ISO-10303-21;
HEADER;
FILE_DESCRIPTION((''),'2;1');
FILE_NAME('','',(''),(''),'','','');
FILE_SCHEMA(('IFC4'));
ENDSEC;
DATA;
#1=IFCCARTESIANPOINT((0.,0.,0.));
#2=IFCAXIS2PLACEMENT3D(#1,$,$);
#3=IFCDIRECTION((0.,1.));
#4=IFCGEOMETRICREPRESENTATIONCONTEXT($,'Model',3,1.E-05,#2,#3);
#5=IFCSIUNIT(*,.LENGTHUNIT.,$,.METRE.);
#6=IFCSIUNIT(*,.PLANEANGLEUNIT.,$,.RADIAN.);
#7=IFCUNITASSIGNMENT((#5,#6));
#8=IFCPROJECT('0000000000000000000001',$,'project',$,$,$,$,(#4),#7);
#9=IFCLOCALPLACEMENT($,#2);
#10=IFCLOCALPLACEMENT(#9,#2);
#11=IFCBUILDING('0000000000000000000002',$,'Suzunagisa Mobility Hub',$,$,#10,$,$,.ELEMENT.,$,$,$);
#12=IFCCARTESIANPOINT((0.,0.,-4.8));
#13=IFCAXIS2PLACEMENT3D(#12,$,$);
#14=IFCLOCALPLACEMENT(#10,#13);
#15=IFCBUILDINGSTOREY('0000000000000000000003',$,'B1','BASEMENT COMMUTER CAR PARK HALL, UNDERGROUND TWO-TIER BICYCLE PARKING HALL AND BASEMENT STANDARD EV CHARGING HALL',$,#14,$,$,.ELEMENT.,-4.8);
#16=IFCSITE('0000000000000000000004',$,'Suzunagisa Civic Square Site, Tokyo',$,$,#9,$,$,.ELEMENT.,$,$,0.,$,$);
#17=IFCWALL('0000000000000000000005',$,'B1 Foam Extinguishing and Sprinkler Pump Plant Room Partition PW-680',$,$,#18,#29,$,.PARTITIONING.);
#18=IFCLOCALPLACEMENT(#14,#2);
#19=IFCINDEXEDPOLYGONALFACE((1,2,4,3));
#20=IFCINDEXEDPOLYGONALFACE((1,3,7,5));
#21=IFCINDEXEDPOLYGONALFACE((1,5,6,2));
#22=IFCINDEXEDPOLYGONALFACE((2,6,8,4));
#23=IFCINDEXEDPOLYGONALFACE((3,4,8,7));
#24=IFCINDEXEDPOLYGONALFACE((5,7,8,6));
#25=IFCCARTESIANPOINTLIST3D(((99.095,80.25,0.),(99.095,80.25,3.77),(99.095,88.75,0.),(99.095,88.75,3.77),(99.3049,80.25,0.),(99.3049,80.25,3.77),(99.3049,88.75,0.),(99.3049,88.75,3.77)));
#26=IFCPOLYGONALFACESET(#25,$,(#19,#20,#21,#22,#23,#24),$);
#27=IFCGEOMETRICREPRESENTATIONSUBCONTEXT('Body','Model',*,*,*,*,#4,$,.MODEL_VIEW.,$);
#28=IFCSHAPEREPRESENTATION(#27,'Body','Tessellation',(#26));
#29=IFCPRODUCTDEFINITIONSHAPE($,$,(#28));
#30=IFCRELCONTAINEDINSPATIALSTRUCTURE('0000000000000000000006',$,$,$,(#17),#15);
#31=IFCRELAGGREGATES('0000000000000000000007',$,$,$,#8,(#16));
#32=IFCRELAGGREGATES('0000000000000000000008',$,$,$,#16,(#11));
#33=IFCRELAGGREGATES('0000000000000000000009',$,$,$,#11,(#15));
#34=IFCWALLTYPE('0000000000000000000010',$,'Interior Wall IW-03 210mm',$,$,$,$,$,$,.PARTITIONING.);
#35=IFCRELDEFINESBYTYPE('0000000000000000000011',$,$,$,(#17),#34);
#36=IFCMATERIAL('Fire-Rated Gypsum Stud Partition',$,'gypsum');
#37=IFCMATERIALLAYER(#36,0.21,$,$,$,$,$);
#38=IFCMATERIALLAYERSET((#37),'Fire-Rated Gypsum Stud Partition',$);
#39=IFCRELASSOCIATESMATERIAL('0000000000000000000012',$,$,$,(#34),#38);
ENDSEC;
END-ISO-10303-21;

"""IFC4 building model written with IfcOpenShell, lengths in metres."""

from ifc_helpers import new_model, si_unit, direction, frame, frame_2d, origin, place, context, subcontext, project, spatial, rectangle, extrude, material, layer, layer_set, type_object, element, save


model = new_model("IFC4")

# Units and contexts
model_context = context("Model", 3, precision=1e-05, world=origin(), true_north=direction((0.0, 1.0)))
body_context = subcontext(model_context, "Body", "Model", "MODEL_VIEW")
ifc_project = project(units=[si_unit("LENGTHUNIT", "METRE"), si_unit("PLANEANGLEUNIT", "RADIAN")], contexts=[model_context])

# Site, building, storey
site_placement = place(None, origin())
site = spatial("IfcSite", under=ifc_project, at=site_placement, Name="Suzunagisa Civic Square Site, Tokyo", CompositionType="ELEMENT", RefElevation=0.0)
building_placement = place(site_placement, origin())
building = spatial("IfcBuilding", under=site, at=building_placement, Name="Suzunagisa Mobility Hub", CompositionType="ELEMENT")
storey_placement = place(building_placement, frame((0.0, 0.0, -4.8)))
storey = spatial("IfcBuildingStorey", under=building, at=storey_placement, Name="B1", Description="BASEMENT COMMUTER CAR PARK HALL, UNDERGROUND TWO-TIER BICYCLE PARKING HALL AND BASEMENT STANDARD EV CHARGING HALL", CompositionType="ELEMENT", Elevation=-4.8)

# Shared definitions
ifc_material_1 = material(Name="Fire-Rated Gypsum Stud Partition", Category="gypsum")
ifc_layer_1 = layer(ifc_material_1, 0.21)
ifc_layer_set_1 = layer_set([ifc_layer_1], Name="Fire-Rated Gypsum Stud Partition")
wall_type_1 = type_object("IfcWallType", Name="Interior Wall IW-03 210mm", PredefinedType="PARTITIONING", material=ifc_layer_set_1)

# Wall
wall_1_placement = place(storey_placement, frame((99.2, 80.25, 0.0), z_axis=(0.0, 0.0, 1.0), x_axis=(0.0, 1.0, 0.0)))
element("IfcWall", 1, at=wall_1_placement, inside=storey, type_object=wall_type_1, Name="B1 Foam Extinguishing and Sprinkler Pump Plant Room Partition PW-680", PredefinedType="PARTITIONING", context=body_context, shape_type="SweptSolid", body=[
    extrude(rectangle(XDim=8.5, YDim=0.21, at=frame_2d((4.25, 0.0))), origin(), (0.0, 0.0, 1.0), 3.77),
])

save(model, "model.ifc")
